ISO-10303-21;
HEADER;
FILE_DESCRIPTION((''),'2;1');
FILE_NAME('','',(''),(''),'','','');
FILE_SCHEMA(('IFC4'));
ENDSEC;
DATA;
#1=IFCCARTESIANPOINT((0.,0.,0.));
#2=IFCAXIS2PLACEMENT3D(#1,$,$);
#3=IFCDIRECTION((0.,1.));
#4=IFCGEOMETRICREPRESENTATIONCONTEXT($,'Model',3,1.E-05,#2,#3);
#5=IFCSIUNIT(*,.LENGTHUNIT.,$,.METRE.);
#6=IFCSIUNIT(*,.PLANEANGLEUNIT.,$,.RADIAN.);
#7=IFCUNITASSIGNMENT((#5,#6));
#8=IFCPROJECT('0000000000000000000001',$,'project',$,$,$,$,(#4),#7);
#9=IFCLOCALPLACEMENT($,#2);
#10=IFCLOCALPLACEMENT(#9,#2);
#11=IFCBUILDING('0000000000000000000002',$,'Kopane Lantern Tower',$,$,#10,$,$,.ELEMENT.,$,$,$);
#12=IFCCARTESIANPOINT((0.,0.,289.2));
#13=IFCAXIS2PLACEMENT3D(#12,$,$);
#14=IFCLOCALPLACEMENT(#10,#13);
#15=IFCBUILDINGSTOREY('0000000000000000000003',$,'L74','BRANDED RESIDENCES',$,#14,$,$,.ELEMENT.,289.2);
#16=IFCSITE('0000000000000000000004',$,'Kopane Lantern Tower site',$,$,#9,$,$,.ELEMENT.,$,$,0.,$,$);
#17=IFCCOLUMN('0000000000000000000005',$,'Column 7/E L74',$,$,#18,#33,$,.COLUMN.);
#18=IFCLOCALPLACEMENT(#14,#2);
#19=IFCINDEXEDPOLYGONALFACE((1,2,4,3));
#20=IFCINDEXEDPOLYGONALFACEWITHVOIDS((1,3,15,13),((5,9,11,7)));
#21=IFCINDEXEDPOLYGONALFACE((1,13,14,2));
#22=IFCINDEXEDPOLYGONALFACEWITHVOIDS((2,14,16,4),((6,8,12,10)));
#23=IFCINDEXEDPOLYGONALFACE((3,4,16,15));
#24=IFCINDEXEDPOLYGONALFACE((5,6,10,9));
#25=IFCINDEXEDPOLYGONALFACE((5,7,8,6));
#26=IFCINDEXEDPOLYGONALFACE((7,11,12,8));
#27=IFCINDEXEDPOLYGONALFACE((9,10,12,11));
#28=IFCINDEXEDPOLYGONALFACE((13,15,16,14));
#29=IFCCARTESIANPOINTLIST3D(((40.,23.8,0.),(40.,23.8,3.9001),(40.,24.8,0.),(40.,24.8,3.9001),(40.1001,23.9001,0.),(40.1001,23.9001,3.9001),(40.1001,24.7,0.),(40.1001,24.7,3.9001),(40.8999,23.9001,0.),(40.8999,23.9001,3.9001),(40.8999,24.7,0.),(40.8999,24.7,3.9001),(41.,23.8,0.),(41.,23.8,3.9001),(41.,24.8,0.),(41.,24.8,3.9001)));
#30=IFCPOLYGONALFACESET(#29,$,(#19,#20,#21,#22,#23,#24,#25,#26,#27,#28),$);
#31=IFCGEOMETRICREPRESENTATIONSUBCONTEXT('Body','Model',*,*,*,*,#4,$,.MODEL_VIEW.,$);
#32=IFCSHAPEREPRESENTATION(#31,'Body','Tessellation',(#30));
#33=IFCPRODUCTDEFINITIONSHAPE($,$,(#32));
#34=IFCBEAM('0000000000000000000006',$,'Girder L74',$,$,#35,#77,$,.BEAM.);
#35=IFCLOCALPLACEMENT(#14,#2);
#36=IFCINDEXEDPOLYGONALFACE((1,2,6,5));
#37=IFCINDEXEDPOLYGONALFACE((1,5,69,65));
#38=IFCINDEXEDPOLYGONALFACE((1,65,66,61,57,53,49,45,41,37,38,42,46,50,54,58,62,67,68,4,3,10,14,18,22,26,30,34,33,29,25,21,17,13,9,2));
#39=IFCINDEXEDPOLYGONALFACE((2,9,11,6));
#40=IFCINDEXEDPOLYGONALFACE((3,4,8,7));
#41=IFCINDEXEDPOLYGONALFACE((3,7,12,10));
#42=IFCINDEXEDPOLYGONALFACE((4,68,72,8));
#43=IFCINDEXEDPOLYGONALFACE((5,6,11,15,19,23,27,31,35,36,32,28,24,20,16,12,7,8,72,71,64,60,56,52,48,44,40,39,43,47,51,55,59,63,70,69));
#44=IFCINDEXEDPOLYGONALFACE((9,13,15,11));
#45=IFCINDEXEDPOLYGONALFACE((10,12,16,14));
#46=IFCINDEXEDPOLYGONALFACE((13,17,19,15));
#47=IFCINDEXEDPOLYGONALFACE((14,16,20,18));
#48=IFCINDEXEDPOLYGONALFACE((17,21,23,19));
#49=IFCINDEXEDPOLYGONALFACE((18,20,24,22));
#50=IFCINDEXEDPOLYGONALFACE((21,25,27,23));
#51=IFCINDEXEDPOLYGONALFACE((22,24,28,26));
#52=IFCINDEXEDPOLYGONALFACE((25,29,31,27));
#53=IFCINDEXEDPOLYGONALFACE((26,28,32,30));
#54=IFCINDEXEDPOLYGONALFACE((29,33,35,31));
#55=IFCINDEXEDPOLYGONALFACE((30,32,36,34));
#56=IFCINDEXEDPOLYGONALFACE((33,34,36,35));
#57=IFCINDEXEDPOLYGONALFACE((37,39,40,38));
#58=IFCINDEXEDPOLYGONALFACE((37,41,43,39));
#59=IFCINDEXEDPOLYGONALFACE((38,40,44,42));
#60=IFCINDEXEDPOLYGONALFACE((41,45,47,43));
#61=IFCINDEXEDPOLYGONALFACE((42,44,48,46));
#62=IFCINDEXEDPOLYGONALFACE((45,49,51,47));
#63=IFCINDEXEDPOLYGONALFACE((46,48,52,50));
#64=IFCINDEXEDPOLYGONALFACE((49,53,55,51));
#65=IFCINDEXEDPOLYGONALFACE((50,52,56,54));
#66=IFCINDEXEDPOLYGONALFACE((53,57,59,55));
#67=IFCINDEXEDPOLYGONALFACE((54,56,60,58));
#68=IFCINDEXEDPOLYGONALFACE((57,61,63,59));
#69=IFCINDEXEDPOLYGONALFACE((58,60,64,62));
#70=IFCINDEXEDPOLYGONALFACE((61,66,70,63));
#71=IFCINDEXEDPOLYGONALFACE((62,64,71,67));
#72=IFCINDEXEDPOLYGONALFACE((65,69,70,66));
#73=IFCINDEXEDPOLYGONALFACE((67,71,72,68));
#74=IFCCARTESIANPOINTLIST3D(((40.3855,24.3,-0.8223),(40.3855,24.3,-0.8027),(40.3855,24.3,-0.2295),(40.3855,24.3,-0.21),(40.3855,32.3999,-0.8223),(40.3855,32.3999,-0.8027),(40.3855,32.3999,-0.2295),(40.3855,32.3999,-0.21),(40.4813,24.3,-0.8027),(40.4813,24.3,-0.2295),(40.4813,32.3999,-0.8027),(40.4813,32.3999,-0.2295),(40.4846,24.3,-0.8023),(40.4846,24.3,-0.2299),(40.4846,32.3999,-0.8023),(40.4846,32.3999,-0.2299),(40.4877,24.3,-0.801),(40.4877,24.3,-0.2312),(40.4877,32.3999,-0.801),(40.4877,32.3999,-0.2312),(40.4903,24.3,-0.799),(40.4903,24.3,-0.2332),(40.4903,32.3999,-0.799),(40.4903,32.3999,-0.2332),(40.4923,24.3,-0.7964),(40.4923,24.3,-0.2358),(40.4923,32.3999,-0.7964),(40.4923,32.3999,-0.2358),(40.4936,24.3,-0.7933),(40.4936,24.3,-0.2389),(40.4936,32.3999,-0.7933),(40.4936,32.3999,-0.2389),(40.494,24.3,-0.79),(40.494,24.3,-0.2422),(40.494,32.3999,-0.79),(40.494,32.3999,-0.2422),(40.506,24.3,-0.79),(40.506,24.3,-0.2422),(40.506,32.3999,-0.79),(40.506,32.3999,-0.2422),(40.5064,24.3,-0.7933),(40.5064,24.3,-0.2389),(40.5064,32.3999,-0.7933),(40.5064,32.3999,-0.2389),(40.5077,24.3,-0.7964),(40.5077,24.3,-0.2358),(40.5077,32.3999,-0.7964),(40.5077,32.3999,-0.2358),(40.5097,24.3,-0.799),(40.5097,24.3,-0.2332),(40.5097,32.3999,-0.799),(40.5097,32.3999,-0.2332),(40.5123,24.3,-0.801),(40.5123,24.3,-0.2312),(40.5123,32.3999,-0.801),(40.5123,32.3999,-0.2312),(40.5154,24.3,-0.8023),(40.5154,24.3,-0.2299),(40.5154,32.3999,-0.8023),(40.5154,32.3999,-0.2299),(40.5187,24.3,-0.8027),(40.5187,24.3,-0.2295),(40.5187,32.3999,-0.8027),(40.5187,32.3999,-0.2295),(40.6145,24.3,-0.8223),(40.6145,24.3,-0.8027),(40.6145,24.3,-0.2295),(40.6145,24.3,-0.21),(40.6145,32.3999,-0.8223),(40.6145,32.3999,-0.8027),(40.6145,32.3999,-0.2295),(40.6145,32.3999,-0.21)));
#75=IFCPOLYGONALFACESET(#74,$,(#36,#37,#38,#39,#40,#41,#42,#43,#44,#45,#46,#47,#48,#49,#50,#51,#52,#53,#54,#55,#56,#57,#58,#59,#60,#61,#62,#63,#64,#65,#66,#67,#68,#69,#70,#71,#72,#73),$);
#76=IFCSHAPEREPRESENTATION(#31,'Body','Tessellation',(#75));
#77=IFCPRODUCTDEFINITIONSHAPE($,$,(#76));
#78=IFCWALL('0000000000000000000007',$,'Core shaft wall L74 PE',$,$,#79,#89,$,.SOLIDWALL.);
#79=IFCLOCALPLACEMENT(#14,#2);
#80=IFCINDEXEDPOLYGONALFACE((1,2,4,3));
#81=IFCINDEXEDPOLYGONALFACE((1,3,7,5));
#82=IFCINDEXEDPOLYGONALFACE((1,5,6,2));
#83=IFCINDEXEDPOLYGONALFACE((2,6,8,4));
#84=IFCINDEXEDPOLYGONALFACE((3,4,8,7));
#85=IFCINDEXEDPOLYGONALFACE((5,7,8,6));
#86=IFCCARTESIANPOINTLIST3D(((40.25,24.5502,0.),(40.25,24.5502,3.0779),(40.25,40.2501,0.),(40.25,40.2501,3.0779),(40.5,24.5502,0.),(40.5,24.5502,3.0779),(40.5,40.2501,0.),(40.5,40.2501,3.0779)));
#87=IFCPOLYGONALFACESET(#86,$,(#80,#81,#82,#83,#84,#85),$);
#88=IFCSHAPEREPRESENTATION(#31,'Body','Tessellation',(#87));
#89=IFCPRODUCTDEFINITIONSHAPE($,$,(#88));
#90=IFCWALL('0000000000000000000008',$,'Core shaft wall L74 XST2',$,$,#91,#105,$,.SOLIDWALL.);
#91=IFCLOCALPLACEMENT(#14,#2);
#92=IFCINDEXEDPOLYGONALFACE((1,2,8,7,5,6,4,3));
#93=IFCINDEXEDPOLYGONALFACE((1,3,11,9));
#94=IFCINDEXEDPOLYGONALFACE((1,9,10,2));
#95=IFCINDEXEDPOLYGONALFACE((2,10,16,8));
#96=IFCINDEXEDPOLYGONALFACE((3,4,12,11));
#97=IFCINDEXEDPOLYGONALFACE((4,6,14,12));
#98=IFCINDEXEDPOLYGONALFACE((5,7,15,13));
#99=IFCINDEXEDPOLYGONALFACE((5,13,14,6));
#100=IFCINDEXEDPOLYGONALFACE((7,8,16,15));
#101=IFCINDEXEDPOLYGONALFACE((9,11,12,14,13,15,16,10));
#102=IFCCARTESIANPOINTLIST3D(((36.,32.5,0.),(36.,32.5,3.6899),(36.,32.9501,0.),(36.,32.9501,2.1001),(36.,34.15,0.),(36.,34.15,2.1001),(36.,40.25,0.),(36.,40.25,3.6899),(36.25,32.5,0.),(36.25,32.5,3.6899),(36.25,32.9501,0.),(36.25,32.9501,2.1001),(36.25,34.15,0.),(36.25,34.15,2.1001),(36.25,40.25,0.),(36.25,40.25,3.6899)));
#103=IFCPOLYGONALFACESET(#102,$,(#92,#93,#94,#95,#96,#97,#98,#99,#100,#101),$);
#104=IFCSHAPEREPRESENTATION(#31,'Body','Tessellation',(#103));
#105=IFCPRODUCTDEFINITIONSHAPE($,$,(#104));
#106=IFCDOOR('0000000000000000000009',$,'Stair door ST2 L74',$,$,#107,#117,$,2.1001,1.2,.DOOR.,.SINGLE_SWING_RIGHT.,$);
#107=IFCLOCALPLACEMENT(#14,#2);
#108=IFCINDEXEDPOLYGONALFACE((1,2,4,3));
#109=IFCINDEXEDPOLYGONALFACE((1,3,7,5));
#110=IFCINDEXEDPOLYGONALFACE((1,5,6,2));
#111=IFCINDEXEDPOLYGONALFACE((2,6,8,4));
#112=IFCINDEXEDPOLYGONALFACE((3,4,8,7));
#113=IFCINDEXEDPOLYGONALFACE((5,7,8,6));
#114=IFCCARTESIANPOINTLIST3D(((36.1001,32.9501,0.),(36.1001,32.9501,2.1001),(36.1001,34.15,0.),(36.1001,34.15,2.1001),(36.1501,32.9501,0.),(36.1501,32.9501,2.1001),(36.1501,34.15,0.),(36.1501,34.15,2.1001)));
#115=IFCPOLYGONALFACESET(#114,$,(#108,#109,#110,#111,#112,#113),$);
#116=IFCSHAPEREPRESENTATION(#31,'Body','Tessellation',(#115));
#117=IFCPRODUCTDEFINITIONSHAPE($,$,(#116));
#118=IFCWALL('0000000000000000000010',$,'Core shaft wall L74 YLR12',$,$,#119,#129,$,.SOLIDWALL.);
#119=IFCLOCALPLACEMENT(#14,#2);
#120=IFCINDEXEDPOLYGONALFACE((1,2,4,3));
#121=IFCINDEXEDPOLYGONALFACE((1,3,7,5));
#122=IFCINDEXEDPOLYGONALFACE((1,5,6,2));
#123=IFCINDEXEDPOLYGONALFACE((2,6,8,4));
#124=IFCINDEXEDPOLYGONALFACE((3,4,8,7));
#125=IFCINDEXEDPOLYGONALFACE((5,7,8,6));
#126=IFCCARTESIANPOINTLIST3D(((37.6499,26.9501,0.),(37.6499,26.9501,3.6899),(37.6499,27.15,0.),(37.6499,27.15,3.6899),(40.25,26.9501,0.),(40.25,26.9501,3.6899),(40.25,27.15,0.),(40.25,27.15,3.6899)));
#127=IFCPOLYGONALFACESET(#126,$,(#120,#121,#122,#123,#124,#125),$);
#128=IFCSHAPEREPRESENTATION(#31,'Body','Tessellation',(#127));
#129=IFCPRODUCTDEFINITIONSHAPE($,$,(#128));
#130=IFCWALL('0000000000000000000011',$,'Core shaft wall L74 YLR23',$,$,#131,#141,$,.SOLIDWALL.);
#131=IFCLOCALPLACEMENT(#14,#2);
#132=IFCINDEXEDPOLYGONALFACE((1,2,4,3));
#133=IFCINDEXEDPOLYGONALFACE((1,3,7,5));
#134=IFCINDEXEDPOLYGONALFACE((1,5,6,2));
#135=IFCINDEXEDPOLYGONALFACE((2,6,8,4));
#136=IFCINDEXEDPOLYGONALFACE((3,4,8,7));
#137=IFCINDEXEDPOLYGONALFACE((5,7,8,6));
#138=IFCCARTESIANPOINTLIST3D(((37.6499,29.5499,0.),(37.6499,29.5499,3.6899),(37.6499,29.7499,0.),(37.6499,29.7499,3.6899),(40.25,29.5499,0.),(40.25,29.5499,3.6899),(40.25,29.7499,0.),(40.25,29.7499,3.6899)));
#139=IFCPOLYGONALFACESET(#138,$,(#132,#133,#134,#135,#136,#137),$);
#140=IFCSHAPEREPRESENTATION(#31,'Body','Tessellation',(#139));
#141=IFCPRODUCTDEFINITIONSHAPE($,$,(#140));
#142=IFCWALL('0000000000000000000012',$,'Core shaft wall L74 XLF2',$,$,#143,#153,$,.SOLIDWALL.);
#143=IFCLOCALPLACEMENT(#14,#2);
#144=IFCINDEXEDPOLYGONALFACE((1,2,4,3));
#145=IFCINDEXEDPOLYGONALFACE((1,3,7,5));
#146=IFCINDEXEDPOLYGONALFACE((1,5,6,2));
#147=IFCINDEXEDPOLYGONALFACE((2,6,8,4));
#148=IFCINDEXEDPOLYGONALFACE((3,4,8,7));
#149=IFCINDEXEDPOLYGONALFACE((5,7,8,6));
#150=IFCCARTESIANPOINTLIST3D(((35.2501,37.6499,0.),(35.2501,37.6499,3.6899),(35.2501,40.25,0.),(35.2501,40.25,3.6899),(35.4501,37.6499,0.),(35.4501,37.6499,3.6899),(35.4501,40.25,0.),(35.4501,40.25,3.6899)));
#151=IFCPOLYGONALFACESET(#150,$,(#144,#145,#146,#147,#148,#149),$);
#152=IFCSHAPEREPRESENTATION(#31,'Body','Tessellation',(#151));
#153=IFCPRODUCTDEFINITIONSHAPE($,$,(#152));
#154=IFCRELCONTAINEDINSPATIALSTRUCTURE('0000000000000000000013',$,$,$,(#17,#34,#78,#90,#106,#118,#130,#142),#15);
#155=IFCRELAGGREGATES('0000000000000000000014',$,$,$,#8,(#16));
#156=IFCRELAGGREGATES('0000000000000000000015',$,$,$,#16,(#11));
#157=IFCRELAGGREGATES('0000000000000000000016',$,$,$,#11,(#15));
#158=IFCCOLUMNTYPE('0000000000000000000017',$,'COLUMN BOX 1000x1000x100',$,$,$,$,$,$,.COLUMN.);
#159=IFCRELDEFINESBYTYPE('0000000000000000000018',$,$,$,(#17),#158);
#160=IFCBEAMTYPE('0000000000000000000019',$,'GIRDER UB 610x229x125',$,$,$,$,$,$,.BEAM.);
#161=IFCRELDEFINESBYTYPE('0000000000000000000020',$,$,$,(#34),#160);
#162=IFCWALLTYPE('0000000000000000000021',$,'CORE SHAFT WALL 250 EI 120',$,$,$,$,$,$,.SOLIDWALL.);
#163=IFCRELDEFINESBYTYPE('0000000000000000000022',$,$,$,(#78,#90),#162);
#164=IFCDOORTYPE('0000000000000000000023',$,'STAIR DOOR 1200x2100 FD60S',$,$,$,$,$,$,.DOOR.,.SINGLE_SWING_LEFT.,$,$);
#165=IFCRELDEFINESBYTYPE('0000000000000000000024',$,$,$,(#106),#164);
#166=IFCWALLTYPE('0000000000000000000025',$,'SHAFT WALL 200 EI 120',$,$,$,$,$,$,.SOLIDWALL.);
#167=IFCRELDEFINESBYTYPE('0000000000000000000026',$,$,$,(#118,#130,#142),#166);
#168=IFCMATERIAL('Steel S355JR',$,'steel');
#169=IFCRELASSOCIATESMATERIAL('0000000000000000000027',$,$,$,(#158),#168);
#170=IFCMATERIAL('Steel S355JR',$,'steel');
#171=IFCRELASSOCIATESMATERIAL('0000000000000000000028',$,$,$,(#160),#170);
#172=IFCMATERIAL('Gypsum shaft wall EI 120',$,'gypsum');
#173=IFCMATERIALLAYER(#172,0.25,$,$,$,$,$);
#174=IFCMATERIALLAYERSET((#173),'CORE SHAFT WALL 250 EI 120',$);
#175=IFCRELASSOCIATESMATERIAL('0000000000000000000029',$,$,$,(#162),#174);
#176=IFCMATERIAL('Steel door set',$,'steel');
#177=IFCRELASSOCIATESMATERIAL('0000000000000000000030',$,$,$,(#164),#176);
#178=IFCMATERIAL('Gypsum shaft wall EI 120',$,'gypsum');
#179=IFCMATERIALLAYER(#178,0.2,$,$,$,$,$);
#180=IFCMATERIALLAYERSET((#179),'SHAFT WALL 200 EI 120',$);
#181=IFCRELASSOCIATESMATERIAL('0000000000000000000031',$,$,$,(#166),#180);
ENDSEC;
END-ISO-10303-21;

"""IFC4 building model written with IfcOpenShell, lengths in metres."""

from ifc_helpers import new_model, si_unit, direction, frame, frame_2d, origin, origin_2d, place, context, subcontext, project, spatial, rectangle, hollow_rectangle, i_section, extrude, material, layer, layer_set, material_profile, profile_set, type_object, element, fill, save


model = new_model("IFC4")

# Units and contexts
model_context = context("Model", 3, precision=1e-05, world=origin(), true_north=direction((0.0, 1.0)))
body_context = subcontext(model_context, "Body", "Model", "MODEL_VIEW")
ifc_project = project(units=[si_unit("LENGTHUNIT", "METRE"), si_unit("PLANEANGLEUNIT", "RADIAN")], contexts=[model_context])

# Site, building, storey
site_placement = place(None, origin())
site = spatial("IfcSite", under=ifc_project, at=site_placement, Name="Kopane Lantern Tower site", CompositionType="ELEMENT", RefElevation=0.0)
building_placement = place(site_placement, origin())
building = spatial("IfcBuilding", under=site, at=building_placement, Name="Kopane Lantern Tower", CompositionType="ELEMENT")
storey_placement = place(building_placement, frame((0.0, 0.0, 289.2)))
storey = spatial("IfcBuildingStorey", under=building, at=storey_placement, Name="L74", Description="BRANDED RESIDENCES", CompositionType="ELEMENT", Elevation=289.2)

# Column
ifc_material_1 = material(Name="Steel S355JR", Category="steel")
ifc_material_profile_1 = material_profile(ifc_material_1, hollow_rectangle(XDim=1.0, YDim=1.0, WallThickness=0.1001, at=origin_2d()), Name="BOX 1000x1000x100")
ifc_profile_set_1 = profile_set([ifc_material_profile_1], Name="Steel S355JR")
column_type = type_object("IfcColumnType", Name="COLUMN BOX 1000x1000x100", PredefinedType="COLUMN", material=ifc_profile_set_1)
column_placement = place(storey_placement, frame((40.5, 24.3, 0.0), z_axis=(0.0, 0.0, 1.0), x_axis=(1.0, 0.0, 0.0)))
element("IfcColumn", 1, at=column_placement, inside=storey, type_object=column_type, Name="Column 7/E L74", PredefinedType="COLUMN", context=body_context, shape_type="SweptSolid", body=[
    extrude(hollow_rectangle(XDim=1.0, YDim=1.0, WallThickness=0.1001, at=origin_2d()), origin(), (0.0, 0.0, 1.0), 3.9001),
])

# Beam
ifc_material_2 = material(Name="Steel S355JR", Category="steel")
ifc_material_profile_2 = material_profile(ifc_material_2, i_section(OverallWidth=0.229, OverallDepth=0.6123, WebThickness=0.012, FlangeThickness=0.0195, FilletRadius=0.0127, at=origin_2d()), Name="UB 610x229x125")
ifc_profile_set_2 = profile_set([ifc_material_profile_2], Name="Steel S355JR")
beam_type = type_object("IfcBeamType", Name="GIRDER UB 610x229x125", PredefinedType="BEAM", material=ifc_profile_set_2)
beam_placement = place(storey_placement, frame((40.5, 24.3, -0.5161), z_axis=(0.0, 1.0, 0.0), x_axis=(-1.0, 0.0, 0.0)))
element("IfcBeam", 2, at=beam_placement, inside=storey, type_object=beam_type, Name="Girder L74", PredefinedType="BEAM", context=body_context, shape_type="SweptSolid", body=[
    extrude(i_section(OverallWidth=0.229, OverallDepth=0.6123, WebThickness=0.012, FlangeThickness=0.0195, FilletRadius=0.0127, at=origin_2d()), origin(), (0.0, 0.0, 1.0), 8.0999),
])

# Wall
ifc_material_3 = material(Name="Gypsum shaft wall EI 120", Category="gypsum")
ifc_layer_1 = layer(ifc_material_3, 0.25)
ifc_layer_set_1 = layer_set([ifc_layer_1], Name="CORE SHAFT WALL 250 EI 120")
wall_type_1 = type_object("IfcWallType", Name="CORE SHAFT WALL 250 EI 120", PredefinedType="SOLIDWALL", material=ifc_layer_set_1)
wall_1_placement = place(storey_placement, frame((40.375, 24.55, 0.0), z_axis=(0.0, 0.0, 1.0), x_axis=(0.0, 1.0, 0.0)))
element("IfcWall", 3, at=wall_1_placement, inside=storey, type_object=wall_type_1, Name="Core shaft wall L74 PE", PredefinedType="SOLIDWALL", context=body_context, shape_type="SweptSolid", body=[
    extrude(rectangle(XDim=15.7, YDim=0.25, at=frame_2d((7.8501, 0.0))), origin(), (0.0, 0.0, 1.0), 3.0779),
])

# Wall, opening, door
wall_2_placement = place(storey_placement, frame((36.125, 32.5, 0.0), z_axis=(0.0, 0.0, 1.0), x_axis=(0.0, 1.0, 0.0)))
wall_2 = element("IfcWall", 4, at=wall_2_placement, inside=storey, type_object=wall_type_1, Name="Core shaft wall L74 XST2", PredefinedType="SOLIDWALL", context=body_context, shape_type="SweptSolid", body=[
    extrude(rectangle(XDim=7.75, YDim=0.25, at=frame_2d((3.875, 0.0))), origin(), (0.0, 0.0, 1.0), 3.6899),
])
opening_1_placement = place(wall_2_placement, frame((0.45, 0.0, 0.0)))
opening_1 = element("IfcOpeningElement", 5, at=opening_1_placement, cuts=wall_2, PredefinedType="OPENING", context=body_context, shape_type="SweptSolid", body=[
    extrude(rectangle(XDim=1.2, YDim=2.1001, at=frame_2d((0.6001, 1.05))), frame((0.0, 0.135, 0.0), z_axis=(0.0, -1.0, 0.0), x_axis=(1.0, 0.0, 0.0)), (0.0, 0.0, 1.0), 0.27),
])
ifc_material_4 = material(Name="Steel door set", Category="steel")
door_type_1 = type_object("IfcDoorType", Name="STAIR DOOR 1200x2100 FD60S", OperationType="SINGLE_SWING_LEFT", PredefinedType="DOOR", material=ifc_material_4)
door_1_placement = place(opening_1_placement, origin())
door_1 = element("IfcDoor", 6, at=door_1_placement, inside=storey, type_object=door_type_1, Name="Stair door ST2 L74", OperationType="SINGLE_SWING_RIGHT", OverallHeight=2.1001, OverallWidth=1.2, PredefinedType="DOOR", context=body_context, shape_type="SweptSolid", body=[
    extrude(rectangle(XDim=1.2, YDim=2.1001, at=frame_2d((0.6001, 1.05))), frame((0.0, 0.0249, 0.0), z_axis=(0.0, -1.0, 0.0), x_axis=(1.0, 0.0, 0.0)), (0.0, 0.0, 1.0), 0.05),
])
fill(opening_1, door_1)

# Walls
ifc_material_5 = material(Name="Gypsum shaft wall EI 120", Category="gypsum")
ifc_layer_2 = layer(ifc_material_5, 0.2)
ifc_layer_set_2 = layer_set([ifc_layer_2], Name="SHAFT WALL 200 EI 120")
wall_type_2 = type_object("IfcWallType", Name="SHAFT WALL 200 EI 120", PredefinedType="SOLIDWALL", material=ifc_layer_set_2)
for number, where, z_axis, x_axis, name in (
    (7, (37.6499, 27.05, 0.0), (0.0, 0.0, 1.0), (1.0, 0.0, 0.0), "Core shaft wall L74 YLR12"),
    (8, (37.6499, 29.6499, 0.0), (0.0, 0.0, 1.0), (1.0, 0.0, 0.0), "Core shaft wall L74 YLR23"),
    (9, (35.3501, 37.6499, 0.0), (0.0, 0.0, 1.0), (0.0, 1.0, 0.0), "Core shaft wall L74 XLF2"),
):
    element("IfcWall", number, at=place(storey_placement, frame(where, z_axis=z_axis, x_axis=x_axis)), inside=storey, type_object=wall_type_2, Name=name, PredefinedType="SOLIDWALL", context=body_context, shape_type="SweptSolid", body=[
        extrude(rectangle(XDim=2.6001, YDim=0.2, at=frame_2d((1.3, 0.0))), origin(), (0.0, 0.0, 1.0), 3.6899),
    ])

save(model, "model.ifc")
